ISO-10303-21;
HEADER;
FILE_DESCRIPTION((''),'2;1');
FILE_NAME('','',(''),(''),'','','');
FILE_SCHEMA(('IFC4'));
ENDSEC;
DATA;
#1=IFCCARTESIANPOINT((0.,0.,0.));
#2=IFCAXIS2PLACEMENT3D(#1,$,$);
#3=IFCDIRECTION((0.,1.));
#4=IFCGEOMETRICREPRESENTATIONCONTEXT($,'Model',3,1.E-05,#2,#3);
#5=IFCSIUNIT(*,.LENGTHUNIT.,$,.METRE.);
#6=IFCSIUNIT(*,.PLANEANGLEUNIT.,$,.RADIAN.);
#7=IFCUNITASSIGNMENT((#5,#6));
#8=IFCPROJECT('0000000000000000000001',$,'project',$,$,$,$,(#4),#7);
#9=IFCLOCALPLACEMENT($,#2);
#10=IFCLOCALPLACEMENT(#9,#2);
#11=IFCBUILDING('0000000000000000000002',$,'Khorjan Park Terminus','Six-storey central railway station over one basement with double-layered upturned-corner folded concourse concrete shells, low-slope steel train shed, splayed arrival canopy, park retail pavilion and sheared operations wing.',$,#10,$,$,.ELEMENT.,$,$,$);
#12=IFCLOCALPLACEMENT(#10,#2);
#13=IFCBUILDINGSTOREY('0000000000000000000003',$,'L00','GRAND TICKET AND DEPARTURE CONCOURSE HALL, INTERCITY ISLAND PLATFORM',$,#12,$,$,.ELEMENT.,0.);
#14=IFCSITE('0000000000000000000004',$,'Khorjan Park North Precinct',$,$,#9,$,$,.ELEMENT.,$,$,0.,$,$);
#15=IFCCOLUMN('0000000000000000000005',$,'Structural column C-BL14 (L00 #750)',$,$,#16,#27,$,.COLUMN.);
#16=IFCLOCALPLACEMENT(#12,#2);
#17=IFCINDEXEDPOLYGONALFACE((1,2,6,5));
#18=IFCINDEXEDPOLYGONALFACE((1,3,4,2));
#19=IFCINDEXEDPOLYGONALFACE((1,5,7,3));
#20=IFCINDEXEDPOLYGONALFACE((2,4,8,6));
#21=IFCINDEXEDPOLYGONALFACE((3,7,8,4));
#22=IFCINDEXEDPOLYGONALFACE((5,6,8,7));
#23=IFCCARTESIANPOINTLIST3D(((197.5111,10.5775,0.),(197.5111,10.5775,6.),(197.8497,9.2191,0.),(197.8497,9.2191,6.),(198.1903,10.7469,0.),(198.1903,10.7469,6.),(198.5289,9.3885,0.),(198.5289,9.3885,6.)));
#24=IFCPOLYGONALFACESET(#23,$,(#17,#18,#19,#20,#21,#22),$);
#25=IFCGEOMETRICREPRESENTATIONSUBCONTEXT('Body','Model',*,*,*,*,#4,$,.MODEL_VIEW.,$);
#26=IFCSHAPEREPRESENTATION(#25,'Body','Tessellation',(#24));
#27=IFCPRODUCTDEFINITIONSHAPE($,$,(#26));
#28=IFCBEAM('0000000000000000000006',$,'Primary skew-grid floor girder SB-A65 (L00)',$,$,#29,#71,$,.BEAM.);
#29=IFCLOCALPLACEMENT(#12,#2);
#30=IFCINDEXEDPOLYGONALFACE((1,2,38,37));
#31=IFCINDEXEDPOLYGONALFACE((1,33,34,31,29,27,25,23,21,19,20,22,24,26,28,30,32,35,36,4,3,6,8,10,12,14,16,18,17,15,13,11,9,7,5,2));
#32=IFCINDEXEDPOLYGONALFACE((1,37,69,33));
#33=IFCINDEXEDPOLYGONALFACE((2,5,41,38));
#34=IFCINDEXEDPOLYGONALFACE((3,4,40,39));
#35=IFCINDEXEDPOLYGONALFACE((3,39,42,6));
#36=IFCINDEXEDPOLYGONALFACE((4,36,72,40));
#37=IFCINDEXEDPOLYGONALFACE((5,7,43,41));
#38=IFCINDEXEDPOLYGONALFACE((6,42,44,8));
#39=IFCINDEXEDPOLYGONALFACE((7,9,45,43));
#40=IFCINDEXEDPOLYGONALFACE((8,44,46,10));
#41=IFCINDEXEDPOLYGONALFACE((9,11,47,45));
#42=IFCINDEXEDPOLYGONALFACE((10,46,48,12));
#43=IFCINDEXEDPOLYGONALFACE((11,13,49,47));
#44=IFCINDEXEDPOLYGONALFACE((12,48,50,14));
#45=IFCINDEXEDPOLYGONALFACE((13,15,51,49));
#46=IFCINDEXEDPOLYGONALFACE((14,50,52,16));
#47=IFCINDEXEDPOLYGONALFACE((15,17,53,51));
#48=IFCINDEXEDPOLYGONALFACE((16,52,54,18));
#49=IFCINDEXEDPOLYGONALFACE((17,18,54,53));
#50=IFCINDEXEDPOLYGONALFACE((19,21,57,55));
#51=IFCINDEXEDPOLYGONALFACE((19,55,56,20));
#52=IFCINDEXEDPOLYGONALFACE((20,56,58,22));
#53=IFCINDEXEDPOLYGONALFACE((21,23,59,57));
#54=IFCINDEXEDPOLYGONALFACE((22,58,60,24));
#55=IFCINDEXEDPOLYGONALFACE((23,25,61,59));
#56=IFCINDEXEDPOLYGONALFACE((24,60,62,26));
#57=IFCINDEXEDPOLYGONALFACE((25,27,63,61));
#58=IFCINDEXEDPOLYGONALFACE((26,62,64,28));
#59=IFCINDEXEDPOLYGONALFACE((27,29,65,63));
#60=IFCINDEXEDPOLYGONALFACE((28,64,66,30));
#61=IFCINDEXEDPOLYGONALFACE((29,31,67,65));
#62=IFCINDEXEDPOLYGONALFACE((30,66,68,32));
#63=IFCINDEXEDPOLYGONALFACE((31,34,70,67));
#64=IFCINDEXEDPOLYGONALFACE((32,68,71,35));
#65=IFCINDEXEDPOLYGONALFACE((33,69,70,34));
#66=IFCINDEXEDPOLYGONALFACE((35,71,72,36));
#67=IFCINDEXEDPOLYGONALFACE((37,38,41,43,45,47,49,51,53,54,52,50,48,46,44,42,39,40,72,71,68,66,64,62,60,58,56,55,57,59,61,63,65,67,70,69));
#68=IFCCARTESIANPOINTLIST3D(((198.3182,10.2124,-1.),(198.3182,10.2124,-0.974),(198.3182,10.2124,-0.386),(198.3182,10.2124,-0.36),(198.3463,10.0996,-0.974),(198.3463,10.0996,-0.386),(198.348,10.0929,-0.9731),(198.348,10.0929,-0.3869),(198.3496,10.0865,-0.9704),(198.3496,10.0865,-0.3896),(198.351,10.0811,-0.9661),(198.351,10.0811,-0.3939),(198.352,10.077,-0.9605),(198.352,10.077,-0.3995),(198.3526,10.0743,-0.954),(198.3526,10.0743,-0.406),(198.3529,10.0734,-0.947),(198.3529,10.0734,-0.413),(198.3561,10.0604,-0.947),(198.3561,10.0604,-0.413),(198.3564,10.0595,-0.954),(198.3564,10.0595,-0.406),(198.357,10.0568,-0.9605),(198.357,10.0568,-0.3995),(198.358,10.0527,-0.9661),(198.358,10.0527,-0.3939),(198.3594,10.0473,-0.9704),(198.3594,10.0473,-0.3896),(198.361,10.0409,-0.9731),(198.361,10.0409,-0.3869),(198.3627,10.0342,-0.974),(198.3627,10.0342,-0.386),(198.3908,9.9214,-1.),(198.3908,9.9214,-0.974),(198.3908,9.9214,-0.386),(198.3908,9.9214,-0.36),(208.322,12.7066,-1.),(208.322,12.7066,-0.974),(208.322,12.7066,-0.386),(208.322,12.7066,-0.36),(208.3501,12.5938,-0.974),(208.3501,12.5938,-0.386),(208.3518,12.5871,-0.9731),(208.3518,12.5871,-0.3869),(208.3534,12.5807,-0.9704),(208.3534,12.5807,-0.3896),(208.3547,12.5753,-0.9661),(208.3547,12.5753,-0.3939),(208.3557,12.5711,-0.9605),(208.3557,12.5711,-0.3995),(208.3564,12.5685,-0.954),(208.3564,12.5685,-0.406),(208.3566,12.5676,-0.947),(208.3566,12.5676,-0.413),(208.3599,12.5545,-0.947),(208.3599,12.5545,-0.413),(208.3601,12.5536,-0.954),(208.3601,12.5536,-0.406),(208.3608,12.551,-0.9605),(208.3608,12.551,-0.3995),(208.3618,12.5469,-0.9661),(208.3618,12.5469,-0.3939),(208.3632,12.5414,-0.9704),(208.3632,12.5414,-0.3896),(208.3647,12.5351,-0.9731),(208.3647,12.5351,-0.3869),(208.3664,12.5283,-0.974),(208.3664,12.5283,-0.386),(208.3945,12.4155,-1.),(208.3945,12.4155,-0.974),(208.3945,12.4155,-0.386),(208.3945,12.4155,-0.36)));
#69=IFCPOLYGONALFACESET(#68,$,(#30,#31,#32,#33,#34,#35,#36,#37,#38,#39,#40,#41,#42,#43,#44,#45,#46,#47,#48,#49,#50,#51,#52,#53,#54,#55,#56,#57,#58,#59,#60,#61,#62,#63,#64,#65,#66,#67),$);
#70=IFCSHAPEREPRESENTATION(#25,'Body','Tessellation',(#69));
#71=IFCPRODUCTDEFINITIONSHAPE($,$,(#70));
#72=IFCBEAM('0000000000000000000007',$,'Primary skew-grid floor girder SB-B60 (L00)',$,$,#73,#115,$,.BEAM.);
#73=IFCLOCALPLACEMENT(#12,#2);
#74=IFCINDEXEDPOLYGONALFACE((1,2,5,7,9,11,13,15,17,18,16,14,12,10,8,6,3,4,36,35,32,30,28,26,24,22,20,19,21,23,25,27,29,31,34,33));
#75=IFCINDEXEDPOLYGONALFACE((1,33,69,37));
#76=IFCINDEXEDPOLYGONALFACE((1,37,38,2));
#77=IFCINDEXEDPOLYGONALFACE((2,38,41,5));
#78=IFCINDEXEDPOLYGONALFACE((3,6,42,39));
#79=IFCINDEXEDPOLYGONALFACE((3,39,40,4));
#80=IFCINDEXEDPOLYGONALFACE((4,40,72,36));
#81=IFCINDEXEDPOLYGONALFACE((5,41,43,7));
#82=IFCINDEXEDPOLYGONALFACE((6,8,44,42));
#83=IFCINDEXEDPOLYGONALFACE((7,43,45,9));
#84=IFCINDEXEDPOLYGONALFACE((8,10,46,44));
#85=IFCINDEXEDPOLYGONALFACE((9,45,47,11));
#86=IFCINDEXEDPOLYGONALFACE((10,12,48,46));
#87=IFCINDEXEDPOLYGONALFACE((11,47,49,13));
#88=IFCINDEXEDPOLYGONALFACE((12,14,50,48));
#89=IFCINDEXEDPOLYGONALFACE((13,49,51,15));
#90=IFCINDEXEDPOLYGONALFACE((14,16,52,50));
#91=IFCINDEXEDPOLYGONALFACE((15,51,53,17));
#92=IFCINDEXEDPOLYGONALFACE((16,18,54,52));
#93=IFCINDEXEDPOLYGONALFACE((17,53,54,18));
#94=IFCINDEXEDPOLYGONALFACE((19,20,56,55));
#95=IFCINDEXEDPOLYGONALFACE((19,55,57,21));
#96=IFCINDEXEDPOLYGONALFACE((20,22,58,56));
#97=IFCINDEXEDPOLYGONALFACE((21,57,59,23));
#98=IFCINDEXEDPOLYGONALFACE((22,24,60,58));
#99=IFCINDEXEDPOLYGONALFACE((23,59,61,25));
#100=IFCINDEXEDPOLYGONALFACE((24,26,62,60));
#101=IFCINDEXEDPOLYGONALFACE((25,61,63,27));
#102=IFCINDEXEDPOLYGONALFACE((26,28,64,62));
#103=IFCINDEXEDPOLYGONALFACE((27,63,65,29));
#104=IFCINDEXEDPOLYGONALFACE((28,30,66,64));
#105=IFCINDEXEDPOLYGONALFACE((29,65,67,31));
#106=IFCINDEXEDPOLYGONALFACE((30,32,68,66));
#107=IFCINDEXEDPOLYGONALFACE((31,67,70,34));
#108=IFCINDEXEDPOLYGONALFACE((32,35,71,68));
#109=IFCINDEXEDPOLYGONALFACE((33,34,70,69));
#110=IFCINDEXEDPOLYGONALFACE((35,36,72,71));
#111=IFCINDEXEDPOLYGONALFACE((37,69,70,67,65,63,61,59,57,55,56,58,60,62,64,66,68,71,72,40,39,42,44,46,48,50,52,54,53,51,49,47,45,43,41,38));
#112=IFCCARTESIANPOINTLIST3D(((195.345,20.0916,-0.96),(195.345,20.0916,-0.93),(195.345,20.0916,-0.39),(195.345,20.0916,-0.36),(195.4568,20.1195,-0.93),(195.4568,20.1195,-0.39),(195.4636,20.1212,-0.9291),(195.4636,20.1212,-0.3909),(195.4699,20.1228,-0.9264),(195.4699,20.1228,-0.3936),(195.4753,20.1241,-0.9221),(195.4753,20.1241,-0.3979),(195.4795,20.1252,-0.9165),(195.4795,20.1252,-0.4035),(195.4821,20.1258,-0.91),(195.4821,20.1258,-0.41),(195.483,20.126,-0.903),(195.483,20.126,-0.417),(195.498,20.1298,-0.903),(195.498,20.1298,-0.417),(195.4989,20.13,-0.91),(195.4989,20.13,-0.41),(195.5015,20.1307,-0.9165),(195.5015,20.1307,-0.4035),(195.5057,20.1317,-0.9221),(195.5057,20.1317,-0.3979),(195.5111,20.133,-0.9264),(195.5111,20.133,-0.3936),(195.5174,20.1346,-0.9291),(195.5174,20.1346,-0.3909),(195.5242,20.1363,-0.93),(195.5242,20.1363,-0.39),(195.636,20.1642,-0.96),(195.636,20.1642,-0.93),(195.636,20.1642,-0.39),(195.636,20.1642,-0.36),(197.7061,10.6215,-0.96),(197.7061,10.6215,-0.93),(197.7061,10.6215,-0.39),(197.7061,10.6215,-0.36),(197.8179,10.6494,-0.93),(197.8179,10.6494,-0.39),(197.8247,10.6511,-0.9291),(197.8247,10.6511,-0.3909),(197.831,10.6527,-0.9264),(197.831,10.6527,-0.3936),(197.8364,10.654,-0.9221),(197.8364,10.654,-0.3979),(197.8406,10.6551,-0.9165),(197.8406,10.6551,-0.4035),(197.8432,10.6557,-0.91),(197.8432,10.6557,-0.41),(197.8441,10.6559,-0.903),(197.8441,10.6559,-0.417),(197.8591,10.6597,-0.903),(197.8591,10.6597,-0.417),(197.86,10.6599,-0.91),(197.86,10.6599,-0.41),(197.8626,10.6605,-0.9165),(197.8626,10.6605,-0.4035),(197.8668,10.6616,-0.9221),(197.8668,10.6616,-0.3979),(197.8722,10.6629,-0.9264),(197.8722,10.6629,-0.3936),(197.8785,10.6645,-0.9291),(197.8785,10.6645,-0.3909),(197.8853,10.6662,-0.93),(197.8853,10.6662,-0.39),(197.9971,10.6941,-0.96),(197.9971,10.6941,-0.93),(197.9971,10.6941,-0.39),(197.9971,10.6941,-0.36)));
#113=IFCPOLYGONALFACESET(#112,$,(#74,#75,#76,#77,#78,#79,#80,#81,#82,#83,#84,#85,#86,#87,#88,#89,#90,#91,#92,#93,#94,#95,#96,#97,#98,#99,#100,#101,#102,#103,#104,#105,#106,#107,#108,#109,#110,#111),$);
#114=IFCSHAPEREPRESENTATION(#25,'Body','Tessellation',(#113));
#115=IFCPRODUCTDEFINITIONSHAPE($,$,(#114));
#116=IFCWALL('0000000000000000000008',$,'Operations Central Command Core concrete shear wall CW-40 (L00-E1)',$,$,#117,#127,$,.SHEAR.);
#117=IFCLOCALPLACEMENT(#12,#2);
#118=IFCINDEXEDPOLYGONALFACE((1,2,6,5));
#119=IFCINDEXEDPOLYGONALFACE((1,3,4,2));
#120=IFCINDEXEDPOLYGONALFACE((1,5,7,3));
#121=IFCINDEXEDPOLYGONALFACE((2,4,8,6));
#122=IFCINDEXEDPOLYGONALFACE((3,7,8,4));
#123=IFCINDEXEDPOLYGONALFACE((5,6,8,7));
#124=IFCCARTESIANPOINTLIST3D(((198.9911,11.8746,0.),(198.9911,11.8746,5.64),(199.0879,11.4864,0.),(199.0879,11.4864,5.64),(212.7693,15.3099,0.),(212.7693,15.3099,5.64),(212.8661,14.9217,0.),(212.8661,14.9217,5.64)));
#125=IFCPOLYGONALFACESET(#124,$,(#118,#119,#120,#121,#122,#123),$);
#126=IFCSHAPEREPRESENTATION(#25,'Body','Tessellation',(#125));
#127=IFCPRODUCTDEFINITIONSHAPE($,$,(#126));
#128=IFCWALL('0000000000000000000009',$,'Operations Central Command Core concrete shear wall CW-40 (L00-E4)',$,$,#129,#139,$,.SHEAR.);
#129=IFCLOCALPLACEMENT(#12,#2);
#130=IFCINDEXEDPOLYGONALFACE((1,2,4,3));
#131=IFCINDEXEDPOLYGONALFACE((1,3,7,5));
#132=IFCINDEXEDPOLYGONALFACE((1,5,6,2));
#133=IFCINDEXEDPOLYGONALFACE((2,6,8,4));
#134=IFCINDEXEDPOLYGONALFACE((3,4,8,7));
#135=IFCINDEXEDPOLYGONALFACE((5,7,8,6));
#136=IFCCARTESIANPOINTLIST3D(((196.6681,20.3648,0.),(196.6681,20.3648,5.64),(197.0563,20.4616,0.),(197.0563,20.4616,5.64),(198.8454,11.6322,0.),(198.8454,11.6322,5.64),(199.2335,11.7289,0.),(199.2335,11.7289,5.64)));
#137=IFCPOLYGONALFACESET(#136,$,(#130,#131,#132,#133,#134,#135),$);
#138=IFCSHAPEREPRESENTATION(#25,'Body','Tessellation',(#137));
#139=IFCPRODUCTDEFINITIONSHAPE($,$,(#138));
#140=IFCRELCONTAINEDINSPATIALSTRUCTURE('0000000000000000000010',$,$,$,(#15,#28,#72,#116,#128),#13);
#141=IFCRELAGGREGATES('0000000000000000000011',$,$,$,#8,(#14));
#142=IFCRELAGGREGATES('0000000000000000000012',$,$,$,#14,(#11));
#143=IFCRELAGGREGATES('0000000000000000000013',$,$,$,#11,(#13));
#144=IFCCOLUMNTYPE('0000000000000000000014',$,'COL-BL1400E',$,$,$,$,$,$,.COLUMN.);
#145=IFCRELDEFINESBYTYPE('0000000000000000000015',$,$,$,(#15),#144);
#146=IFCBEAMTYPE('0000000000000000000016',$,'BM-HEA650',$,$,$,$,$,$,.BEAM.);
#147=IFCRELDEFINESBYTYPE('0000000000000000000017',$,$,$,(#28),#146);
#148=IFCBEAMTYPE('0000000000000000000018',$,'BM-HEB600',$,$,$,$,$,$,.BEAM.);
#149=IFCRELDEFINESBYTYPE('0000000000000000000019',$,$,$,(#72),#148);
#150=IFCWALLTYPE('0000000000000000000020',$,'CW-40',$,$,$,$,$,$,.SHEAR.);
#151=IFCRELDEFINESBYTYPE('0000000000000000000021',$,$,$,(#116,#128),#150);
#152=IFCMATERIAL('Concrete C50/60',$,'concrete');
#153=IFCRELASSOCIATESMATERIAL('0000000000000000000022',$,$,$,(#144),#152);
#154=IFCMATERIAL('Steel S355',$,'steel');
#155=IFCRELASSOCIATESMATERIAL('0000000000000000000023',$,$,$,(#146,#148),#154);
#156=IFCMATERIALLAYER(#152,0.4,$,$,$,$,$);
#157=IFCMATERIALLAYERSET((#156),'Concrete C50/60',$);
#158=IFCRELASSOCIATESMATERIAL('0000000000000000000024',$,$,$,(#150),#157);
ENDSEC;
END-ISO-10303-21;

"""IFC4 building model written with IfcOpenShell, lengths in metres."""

from ifc_helpers import new_model, si_unit, direction, frame, frame_2d, origin, origin_2d, place, context, subcontext, project, spatial, rectangle, i_section, extrude, material, layer, layer_set, material_profile, profile_set, type_object, element, save


model = new_model("IFC4")

# Units and contexts
model_context = context("Model", 3, precision=1e-05, world=origin(), true_north=direction((0.0, 1.0)))
body_context = subcontext(model_context, "Body", "Model", "MODEL_VIEW")
ifc_project = project(units=[si_unit("LENGTHUNIT", "METRE"), si_unit("PLANEANGLEUNIT", "RADIAN")], contexts=[model_context])

# Site, building, storey
site_placement = place(None, origin())
site = spatial("IfcSite", under=ifc_project, at=site_placement, Name="Khorjan Park North Precinct", CompositionType="ELEMENT", RefElevation=0.0)
building_placement = place(site_placement, origin())
building = spatial("IfcBuilding", under=site, at=building_placement, Name="Khorjan Park Terminus", Description="Six-storey central railway station over one basement with double-layered upturned-corner folded concourse concrete shells, low-slope steel train shed, splayed arrival canopy, park retail pavilion and sheared operations wing.", CompositionType="ELEMENT")
storey_placement = place(building_placement, origin())
storey = spatial("IfcBuildingStorey", under=building, at=storey_placement, Name="L00", Description="GRAND TICKET AND DEPARTURE CONCOURSE HALL, INTERCITY ISLAND PLATFORM", CompositionType="ELEMENT", Elevation=0.0)

# Column
ifc_material_1 = material(Name="Concrete C50/60", Category="concrete")
ifc_material_profile_1 = material_profile(ifc_material_1, rectangle(XDim=0.7, YDim=1.4, at=origin_2d()), Name="RC 700x1400")
ifc_profile_set_1 = profile_set([ifc_material_profile_1], Name="Concrete C50/60")
column_type = type_object("IfcColumnType", Name="COL-BL1400E", PredefinedType="COLUMN", material=ifc_profile_set_1)
column_placement = place(storey_placement, frame((198.02, 9.983, 0.0), z_axis=(0.0, 0.0, 1.0), x_axis=(0.970296, 0.241922, 0.0)))
element("IfcColumn", 1, at=column_placement, inside=storey, type_object=column_type, Name="Structural column C-BL14 (L00 #750)", PredefinedType="COLUMN", context=body_context, shape_type="SweptSolid", body=[
    extrude(rectangle(XDim=0.7, YDim=1.4, at=origin_2d()), origin(), (0.0, 0.0, 1.0), 6.0),
])

# Beams
ifc_material_2 = material(Name="Steel S355", Category="steel")
ifc_material_profile_2 = material_profile(ifc_material_2, i_section(OverallWidth=0.3, OverallDepth=0.64, WebThickness=0.0135, FlangeThickness=0.026, FilletRadius=0.027, at=origin_2d()), Name="HEA 650")
ifc_profile_set_2 = profile_set([ifc_material_profile_2], Name="Steel S355")
beam_type_1 = type_object("IfcBeamType", Name="BM-HEA650", PredefinedType="BEAM", material=ifc_profile_set_2)
beam_1_placement = place(storey_placement, frame((198.3545, 10.0669, -0.68), z_axis=(0.970296, 0.241919, 0.0), x_axis=(-0.241919, 0.970296, 0.0)))
element("IfcBeam", 2, at=beam_1_placement, inside=storey, type_object=beam_type_1, Name="Primary skew-grid floor girder SB-A65 (L00)", PredefinedType="BEAM", context=body_context, shape_type="SweptSolid", body=[
    extrude(i_section(OverallWidth=0.3, OverallDepth=0.64, WebThickness=0.0135, FlangeThickness=0.026, FilletRadius=0.027, at=origin_2d()), origin(), (0.0, 0.0, 1.0), 10.31),
])
ifc_material_profile_3 = material_profile(ifc_material_2, i_section(OverallWidth=0.3, OverallDepth=0.6, WebThickness=0.0155, FlangeThickness=0.03, FilletRadius=0.027, at=origin_2d()), Name="HEB 600")
ifc_profile_set_3 = profile_set([ifc_material_profile_3], Name="Steel S355")
beam_type_2 = type_object("IfcBeamType", Name="BM-HEB600", PredefinedType="BEAM", material=ifc_profile_set_3)
beam_2_placement = place(storey_placement, frame((197.8516, 10.6578, -0.66), z_axis=(-0.241916, 0.970297, 0.0), x_axis=(-0.970297, -0.241916, 0.0)))
element("IfcBeam", 3, at=beam_2_placement, inside=storey, type_object=beam_type_2, Name="Primary skew-grid floor girder SB-B60 (L00)", PredefinedType="BEAM", context=body_context, shape_type="SweptSolid", body=[
    extrude(i_section(OverallWidth=0.3, OverallDepth=0.6, WebThickness=0.0155, FlangeThickness=0.03, FilletRadius=0.027, at=origin_2d()), origin(), (0.0, 0.0, 1.0), 9.76),
])

# Walls
ifc_layer_1 = layer(ifc_material_1, 0.4)
ifc_layer_set_1 = layer_set([ifc_layer_1], Name="Concrete C50/60")
wall_type_1 = type_object("IfcWallType", Name="CW-40", PredefinedType="SHEAR", material=ifc_layer_set_1)
wall_1_placement = place(storey_placement, frame((199.0395, 11.6805, 0.0), z_axis=(0.0, 0.0, 1.0), x_axis=(0.970296, 0.241922, 0.0)))
element("IfcWall", 4, at=wall_1_placement, inside=storey, type_object=wall_type_1, Name="Operations Central Command Core concrete shear wall CW-40 (L00-E1)", PredefinedType="SHEAR", context=body_context, shape_type="SweptSolid", body=[
    extrude(rectangle(XDim=14.2, YDim=0.4, at=frame_2d((7.1, 0.0))), origin(), (0.0, 0.0, 1.0), 5.64),
])
wall_2_placement = place(storey_placement, frame((196.8622, 20.4132, 0.0), z_axis=(0.0, 0.0, 1.0), x_axis=(0.241921, -0.970296, 0.0)))
element("IfcWall", 5, at=wall_2_placement, inside=storey, type_object=wall_type_1, Name="Operations Central Command Core concrete shear wall CW-40 (L00-E4)", PredefinedType="SHEAR", context=body_context, shape_type="SweptSolid", body=[
    extrude(rectangle(XDim=9.0, YDim=0.4, at=frame_2d((4.5, 0.0))), origin(), (0.0, 0.0, 1.0), 5.64),
])

save(model, "model.ifc")
